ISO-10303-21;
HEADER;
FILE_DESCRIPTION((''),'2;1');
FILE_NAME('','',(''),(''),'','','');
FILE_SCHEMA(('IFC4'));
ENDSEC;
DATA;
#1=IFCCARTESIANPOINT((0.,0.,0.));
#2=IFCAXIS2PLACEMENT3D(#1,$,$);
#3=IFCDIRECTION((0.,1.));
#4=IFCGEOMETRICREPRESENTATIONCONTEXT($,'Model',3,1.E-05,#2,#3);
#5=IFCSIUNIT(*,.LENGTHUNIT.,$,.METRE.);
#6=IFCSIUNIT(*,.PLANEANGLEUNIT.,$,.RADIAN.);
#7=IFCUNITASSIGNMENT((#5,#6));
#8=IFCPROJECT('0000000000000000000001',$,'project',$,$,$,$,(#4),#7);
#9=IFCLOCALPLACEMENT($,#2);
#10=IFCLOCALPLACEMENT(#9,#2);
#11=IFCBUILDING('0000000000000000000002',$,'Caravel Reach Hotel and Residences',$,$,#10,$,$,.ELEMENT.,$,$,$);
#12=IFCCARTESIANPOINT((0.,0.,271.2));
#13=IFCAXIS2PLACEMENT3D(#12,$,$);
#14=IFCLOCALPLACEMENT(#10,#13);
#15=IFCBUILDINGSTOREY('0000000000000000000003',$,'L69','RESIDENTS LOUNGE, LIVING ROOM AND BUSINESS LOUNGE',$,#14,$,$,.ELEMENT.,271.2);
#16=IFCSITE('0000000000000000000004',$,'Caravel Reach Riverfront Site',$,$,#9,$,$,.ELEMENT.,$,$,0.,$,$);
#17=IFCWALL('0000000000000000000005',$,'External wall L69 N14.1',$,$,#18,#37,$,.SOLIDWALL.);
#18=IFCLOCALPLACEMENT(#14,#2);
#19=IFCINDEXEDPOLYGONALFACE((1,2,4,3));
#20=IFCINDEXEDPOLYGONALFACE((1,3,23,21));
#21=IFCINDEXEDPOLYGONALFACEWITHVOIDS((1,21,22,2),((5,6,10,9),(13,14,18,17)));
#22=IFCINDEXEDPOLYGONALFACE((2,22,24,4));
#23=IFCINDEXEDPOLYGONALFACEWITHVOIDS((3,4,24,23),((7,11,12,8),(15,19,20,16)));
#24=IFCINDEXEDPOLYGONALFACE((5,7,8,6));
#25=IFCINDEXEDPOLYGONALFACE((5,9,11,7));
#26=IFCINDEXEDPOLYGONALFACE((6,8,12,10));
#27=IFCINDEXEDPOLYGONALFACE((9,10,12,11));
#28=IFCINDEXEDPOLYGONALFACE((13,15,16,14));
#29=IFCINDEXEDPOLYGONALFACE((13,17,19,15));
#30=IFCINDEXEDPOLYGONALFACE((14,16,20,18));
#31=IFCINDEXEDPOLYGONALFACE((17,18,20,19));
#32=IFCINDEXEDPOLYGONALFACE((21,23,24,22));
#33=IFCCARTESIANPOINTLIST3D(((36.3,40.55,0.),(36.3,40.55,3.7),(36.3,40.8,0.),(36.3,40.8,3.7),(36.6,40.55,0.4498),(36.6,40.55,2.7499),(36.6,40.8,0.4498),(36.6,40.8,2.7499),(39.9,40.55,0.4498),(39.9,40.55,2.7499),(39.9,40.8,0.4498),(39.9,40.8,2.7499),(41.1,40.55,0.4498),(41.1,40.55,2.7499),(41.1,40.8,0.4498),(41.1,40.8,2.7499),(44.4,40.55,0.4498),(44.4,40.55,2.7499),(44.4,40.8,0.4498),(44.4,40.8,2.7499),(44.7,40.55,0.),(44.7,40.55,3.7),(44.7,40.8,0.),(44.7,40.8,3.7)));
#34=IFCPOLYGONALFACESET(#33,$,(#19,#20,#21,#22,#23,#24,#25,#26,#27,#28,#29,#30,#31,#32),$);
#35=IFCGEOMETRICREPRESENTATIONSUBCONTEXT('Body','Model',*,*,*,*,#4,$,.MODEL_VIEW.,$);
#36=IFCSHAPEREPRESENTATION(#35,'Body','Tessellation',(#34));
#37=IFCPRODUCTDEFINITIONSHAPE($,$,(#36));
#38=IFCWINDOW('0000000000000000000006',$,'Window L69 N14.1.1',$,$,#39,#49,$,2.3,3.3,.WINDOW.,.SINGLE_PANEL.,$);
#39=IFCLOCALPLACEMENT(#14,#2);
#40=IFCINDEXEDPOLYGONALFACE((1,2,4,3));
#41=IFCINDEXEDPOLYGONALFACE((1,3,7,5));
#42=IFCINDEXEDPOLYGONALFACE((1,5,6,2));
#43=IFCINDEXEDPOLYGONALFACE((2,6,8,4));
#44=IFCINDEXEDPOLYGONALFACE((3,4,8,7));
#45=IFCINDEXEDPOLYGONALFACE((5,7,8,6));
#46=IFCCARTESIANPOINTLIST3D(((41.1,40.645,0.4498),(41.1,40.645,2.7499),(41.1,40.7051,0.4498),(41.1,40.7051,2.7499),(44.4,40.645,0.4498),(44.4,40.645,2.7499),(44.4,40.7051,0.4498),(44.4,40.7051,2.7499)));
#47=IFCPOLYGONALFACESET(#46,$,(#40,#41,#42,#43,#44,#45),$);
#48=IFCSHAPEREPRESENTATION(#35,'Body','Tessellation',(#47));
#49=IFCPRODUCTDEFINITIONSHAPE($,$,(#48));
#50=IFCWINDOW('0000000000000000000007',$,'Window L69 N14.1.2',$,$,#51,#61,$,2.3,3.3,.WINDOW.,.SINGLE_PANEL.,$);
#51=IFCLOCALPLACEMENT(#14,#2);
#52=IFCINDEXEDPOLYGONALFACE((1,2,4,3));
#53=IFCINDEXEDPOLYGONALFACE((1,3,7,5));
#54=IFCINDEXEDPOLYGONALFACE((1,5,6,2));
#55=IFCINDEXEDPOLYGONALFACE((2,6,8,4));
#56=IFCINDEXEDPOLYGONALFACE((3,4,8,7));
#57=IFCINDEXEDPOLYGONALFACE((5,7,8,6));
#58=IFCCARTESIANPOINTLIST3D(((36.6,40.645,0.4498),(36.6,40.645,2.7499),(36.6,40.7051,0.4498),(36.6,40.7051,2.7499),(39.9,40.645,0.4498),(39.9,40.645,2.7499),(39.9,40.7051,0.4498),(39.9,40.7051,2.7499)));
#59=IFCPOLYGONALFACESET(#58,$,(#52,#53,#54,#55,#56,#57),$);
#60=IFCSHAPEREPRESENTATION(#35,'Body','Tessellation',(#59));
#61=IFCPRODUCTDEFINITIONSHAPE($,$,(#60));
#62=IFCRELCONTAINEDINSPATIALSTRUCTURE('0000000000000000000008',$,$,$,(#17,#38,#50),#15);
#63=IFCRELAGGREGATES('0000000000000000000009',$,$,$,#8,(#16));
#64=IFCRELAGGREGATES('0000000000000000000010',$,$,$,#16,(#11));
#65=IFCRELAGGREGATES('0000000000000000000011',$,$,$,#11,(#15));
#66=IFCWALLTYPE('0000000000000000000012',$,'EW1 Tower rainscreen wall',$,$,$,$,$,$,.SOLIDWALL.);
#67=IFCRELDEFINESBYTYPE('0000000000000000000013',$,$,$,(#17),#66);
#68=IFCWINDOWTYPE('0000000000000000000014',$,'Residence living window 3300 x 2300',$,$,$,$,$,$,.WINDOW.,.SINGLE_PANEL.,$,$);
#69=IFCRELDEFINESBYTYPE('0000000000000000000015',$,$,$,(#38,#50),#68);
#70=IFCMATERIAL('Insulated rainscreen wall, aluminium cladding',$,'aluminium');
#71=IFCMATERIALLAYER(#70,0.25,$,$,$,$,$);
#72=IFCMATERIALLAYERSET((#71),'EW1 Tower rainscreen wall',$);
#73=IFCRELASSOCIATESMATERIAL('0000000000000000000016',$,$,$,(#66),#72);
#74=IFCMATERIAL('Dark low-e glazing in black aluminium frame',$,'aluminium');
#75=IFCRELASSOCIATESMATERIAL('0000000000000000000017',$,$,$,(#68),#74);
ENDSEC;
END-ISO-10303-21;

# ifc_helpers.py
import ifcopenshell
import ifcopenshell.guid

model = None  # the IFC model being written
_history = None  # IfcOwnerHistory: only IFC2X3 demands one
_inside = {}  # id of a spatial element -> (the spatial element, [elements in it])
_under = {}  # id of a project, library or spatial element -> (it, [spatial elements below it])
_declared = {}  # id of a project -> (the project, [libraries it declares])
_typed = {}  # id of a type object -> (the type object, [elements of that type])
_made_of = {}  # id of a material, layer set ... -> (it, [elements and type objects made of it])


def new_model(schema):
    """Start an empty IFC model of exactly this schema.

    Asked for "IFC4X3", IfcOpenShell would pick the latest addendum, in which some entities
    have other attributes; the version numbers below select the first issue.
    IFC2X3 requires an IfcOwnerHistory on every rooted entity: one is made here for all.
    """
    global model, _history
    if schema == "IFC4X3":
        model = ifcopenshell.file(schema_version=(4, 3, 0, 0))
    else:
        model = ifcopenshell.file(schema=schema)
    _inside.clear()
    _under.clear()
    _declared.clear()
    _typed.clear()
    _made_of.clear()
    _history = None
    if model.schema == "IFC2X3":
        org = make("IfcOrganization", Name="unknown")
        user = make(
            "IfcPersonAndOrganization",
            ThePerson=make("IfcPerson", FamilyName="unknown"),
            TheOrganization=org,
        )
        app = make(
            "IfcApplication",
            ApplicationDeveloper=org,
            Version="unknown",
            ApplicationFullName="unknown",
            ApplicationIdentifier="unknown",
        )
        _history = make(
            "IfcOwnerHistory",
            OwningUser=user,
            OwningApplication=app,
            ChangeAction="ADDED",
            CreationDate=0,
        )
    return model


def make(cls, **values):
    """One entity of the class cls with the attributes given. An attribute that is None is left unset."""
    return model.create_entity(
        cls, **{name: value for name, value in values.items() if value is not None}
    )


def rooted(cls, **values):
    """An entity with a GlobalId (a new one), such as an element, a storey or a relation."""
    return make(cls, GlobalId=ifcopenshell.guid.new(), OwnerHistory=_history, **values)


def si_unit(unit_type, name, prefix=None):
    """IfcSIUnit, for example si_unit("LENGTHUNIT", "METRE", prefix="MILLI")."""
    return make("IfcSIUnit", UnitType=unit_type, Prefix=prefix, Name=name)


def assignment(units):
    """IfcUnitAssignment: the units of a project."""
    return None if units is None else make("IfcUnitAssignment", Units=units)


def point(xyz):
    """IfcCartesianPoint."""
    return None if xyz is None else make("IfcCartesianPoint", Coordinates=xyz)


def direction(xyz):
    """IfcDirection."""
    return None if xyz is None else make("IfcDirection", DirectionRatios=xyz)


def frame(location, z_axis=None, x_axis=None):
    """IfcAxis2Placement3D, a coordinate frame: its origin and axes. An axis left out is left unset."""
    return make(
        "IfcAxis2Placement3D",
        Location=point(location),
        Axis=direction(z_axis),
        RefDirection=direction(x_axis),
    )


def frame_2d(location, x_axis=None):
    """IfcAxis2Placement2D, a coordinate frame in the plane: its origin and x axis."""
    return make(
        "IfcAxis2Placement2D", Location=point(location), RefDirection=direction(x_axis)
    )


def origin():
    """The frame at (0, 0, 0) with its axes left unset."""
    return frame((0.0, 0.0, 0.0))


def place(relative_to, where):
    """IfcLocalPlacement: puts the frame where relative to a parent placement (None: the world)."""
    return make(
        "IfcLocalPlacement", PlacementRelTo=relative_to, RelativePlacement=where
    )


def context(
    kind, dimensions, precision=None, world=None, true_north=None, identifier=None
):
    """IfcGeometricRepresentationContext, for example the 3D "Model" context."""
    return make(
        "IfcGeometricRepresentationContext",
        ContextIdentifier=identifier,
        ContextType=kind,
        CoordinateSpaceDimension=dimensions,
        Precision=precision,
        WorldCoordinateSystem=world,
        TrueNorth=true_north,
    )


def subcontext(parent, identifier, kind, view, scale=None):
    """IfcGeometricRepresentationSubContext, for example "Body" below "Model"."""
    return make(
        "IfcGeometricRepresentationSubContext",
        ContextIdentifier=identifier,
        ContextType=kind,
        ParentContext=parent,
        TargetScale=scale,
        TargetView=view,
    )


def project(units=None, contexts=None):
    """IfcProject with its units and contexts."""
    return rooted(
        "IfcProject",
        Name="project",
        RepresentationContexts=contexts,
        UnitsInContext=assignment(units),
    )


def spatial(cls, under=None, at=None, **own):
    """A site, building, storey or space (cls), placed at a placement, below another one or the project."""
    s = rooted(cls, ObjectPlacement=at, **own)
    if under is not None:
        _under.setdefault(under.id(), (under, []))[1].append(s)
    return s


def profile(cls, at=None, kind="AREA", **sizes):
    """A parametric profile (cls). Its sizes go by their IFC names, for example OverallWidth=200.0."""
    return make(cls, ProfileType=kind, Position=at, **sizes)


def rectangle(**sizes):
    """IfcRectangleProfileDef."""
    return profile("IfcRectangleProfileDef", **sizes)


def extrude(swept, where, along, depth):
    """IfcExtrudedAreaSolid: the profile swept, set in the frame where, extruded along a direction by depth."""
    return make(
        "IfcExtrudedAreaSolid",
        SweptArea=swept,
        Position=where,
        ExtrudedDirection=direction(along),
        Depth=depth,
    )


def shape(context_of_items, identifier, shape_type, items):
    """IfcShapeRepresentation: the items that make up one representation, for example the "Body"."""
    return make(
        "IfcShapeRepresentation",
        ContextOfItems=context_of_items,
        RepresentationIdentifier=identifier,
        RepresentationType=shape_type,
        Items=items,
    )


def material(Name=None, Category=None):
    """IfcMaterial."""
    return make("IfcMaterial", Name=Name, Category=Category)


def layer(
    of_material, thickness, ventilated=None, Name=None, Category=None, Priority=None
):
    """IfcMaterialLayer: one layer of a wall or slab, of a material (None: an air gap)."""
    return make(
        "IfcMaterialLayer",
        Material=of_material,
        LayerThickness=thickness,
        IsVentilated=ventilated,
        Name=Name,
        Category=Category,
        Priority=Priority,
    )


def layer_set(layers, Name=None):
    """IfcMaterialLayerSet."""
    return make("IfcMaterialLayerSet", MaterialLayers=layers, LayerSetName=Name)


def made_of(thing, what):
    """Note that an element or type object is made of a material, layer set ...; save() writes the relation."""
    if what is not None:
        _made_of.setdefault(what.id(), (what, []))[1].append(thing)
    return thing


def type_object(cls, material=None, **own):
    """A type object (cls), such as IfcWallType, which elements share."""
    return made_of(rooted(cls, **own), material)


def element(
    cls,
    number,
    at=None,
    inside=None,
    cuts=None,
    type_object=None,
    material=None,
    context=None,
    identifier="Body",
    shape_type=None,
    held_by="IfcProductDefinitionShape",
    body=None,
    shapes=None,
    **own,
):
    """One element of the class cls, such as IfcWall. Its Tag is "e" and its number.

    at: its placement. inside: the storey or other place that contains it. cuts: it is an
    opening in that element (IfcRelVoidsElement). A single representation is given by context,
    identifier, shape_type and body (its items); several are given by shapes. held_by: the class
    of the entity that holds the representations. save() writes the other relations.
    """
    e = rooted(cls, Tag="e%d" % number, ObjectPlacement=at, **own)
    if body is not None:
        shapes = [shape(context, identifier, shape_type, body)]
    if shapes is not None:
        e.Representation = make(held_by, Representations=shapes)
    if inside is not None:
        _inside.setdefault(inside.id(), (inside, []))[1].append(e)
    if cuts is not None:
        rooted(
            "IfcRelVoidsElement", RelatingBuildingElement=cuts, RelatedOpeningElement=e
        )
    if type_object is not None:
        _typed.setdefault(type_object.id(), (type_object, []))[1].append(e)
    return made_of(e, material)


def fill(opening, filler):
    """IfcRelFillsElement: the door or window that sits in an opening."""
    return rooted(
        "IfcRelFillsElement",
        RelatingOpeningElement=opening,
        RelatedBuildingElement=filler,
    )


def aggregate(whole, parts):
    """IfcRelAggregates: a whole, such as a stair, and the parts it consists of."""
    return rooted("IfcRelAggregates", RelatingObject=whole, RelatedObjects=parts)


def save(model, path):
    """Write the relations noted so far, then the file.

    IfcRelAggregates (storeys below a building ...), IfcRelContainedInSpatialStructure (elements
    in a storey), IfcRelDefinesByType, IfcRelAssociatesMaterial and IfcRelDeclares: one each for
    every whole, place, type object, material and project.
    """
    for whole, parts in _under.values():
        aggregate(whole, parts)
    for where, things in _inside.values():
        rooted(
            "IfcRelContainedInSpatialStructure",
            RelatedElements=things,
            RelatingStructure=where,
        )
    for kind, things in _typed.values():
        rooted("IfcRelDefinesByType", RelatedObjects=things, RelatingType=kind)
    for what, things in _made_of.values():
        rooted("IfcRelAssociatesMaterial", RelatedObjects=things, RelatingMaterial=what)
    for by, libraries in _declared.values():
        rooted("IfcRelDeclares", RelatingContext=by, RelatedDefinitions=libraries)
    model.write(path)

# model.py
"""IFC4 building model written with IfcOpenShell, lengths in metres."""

from ifc_helpers import new_model, si_unit, direction, frame, frame_2d, origin, place, context, subcontext, project, spatial, rectangle, extrude, material, layer, layer_set, type_object, element, fill, save


model = new_model("IFC4")

# Units and contexts
model_context = context("Model", 3, precision=1e-05, world=origin(), true_north=direction((0.0, 1.0)))
body_context = subcontext(model_context, "Body", "Model", "MODEL_VIEW")
ifc_project = project(units=[si_unit("LENGTHUNIT", "METRE"), si_unit("PLANEANGLEUNIT", "RADIAN")], contexts=[model_context])

# Site, building, storey
site_placement = place(None, origin())
site = spatial("IfcSite", under=ifc_project, at=site_placement, Name="Caravel Reach Riverfront Site", CompositionType="ELEMENT", RefElevation=0.0)
building_placement = place(site_placement, origin())
building = spatial("IfcBuilding", under=site, at=building_placement, Name="Caravel Reach Hotel and Residences", CompositionType="ELEMENT")
storey_placement = place(building_placement, frame((0.0, 0.0, 271.2)))
storey = spatial("IfcBuildingStorey", under=building, at=storey_placement, Name="L69", Description="RESIDENTS LOUNGE, LIVING ROOM AND BUSINESS LOUNGE", CompositionType="ELEMENT", Elevation=271.2)

# Shared definitions
ifc_material_1 = material(Name="Insulated rainscreen wall, aluminium cladding", Category="aluminium")
ifc_layer = layer(ifc_material_1, 0.25)
ifc_layer_set = layer_set([ifc_layer], Name="EW1 Tower rainscreen wall")
wall_type = type_object("IfcWallType", Name="EW1 Tower rainscreen wall", PredefinedType="SOLIDWALL", material=ifc_layer_set)

# Wall, openings, windows
wall_1_placement = place(storey_placement, frame((44.7, 40.675, 0.0), z_axis=(0.0, 0.0, 1.0), x_axis=(-1.0, 0.0, 0.0)))
wall_1 = element("IfcWall", 1, at=wall_1_placement, inside=storey, type_object=wall_type, Name="External wall L69 N14.1", PredefinedType="SOLIDWALL", context=body_context, shape_type="SweptSolid", body=[
    extrude(rectangle(XDim=8.3999, YDim=0.25, at=frame_2d((4.2, 0.0))), origin(), (0.0, 0.0, 1.0), 3.7),
])
opening_1_placement = place(wall_1_placement, frame((0.3, 0.0, 0.45)))
opening_1 = element("IfcOpeningElement", 2, at=opening_1_placement, cuts=wall_1, PredefinedType="OPENING", context=body_context, shape_type="SweptSolid", body=[
    extrude(rectangle(XDim=3.3, YDim=2.3, at=frame_2d((1.6499, 1.1499))), frame((0.0, 0.135, 0.0), z_axis=(0.0, -1.0, 0.0), x_axis=(1.0, 0.0, 0.0)), (0.0, 0.0, 1.0), 0.27),
])
opening_2_placement = place(wall_1_placement, frame((4.8, 0.0, 0.45)))
opening_2 = element("IfcOpeningElement", 3, at=opening_2_placement, cuts=wall_1, PredefinedType="OPENING", context=body_context, shape_type="SweptSolid", body=[
    extrude(rectangle(XDim=3.3, YDim=2.3, at=frame_2d((1.6499, 1.1499))), frame((0.0, 0.135, 0.0), z_axis=(0.0, -1.0, 0.0), x_axis=(1.0, 0.0, 0.0)), (0.0, 0.0, 1.0), 0.27),
])
ifc_material_2 = material(Name="Dark low-e glazing in black aluminium frame", Category="aluminium")
window_type_1 = type_object("IfcWindowType", Name="Residence living window 3300 x 2300", PartitioningType="SINGLE_PANEL", PredefinedType="WINDOW", material=ifc_material_2)
window_1_placement = place(opening_1_placement, origin())
window_1 = element("IfcWindow", 4, at=window_1_placement, inside=storey, type_object=window_type_1, Name="Window L69 N14.1.1", OverallHeight=2.3, OverallWidth=3.3, PartitioningType="SINGLE_PANEL", PredefinedType="WINDOW", context=body_context, shape_type="SweptSolid", body=[
    extrude(rectangle(XDim=3.3, YDim=2.3, at=frame_2d((1.6499, 1.1499))), frame((0.0, 0.03, 0.0), z_axis=(0.0, -1.0, 0.0), x_axis=(1.0, 0.0, 0.0)), (0.0, 0.0, 1.0), 0.0601),
])
fill(opening_1, window_1)
window_2_placement = place(opening_2_placement, origin())
window_2 = element("IfcWindow", 5, at=window_2_placement, inside=storey, type_object=window_type_1, Name="Window L69 N14.1.2", OverallHeight=2.3, OverallWidth=3.3, PartitioningType="SINGLE_PANEL", PredefinedType="WINDOW", context=body_context, shape_type="SweptSolid", body=[
    extrude(rectangle(XDim=3.3, YDim=2.3, at=frame_2d((1.6499, 1.1499))), frame((0.0, 0.03, 0.0), z_axis=(0.0, -1.0, 0.0), x_axis=(1.0, 0.0, 0.0)), (0.0, 0.0, 1.0), 0.0601),
])
fill(opening_2, window_2)

save(model, "model.ifc")
